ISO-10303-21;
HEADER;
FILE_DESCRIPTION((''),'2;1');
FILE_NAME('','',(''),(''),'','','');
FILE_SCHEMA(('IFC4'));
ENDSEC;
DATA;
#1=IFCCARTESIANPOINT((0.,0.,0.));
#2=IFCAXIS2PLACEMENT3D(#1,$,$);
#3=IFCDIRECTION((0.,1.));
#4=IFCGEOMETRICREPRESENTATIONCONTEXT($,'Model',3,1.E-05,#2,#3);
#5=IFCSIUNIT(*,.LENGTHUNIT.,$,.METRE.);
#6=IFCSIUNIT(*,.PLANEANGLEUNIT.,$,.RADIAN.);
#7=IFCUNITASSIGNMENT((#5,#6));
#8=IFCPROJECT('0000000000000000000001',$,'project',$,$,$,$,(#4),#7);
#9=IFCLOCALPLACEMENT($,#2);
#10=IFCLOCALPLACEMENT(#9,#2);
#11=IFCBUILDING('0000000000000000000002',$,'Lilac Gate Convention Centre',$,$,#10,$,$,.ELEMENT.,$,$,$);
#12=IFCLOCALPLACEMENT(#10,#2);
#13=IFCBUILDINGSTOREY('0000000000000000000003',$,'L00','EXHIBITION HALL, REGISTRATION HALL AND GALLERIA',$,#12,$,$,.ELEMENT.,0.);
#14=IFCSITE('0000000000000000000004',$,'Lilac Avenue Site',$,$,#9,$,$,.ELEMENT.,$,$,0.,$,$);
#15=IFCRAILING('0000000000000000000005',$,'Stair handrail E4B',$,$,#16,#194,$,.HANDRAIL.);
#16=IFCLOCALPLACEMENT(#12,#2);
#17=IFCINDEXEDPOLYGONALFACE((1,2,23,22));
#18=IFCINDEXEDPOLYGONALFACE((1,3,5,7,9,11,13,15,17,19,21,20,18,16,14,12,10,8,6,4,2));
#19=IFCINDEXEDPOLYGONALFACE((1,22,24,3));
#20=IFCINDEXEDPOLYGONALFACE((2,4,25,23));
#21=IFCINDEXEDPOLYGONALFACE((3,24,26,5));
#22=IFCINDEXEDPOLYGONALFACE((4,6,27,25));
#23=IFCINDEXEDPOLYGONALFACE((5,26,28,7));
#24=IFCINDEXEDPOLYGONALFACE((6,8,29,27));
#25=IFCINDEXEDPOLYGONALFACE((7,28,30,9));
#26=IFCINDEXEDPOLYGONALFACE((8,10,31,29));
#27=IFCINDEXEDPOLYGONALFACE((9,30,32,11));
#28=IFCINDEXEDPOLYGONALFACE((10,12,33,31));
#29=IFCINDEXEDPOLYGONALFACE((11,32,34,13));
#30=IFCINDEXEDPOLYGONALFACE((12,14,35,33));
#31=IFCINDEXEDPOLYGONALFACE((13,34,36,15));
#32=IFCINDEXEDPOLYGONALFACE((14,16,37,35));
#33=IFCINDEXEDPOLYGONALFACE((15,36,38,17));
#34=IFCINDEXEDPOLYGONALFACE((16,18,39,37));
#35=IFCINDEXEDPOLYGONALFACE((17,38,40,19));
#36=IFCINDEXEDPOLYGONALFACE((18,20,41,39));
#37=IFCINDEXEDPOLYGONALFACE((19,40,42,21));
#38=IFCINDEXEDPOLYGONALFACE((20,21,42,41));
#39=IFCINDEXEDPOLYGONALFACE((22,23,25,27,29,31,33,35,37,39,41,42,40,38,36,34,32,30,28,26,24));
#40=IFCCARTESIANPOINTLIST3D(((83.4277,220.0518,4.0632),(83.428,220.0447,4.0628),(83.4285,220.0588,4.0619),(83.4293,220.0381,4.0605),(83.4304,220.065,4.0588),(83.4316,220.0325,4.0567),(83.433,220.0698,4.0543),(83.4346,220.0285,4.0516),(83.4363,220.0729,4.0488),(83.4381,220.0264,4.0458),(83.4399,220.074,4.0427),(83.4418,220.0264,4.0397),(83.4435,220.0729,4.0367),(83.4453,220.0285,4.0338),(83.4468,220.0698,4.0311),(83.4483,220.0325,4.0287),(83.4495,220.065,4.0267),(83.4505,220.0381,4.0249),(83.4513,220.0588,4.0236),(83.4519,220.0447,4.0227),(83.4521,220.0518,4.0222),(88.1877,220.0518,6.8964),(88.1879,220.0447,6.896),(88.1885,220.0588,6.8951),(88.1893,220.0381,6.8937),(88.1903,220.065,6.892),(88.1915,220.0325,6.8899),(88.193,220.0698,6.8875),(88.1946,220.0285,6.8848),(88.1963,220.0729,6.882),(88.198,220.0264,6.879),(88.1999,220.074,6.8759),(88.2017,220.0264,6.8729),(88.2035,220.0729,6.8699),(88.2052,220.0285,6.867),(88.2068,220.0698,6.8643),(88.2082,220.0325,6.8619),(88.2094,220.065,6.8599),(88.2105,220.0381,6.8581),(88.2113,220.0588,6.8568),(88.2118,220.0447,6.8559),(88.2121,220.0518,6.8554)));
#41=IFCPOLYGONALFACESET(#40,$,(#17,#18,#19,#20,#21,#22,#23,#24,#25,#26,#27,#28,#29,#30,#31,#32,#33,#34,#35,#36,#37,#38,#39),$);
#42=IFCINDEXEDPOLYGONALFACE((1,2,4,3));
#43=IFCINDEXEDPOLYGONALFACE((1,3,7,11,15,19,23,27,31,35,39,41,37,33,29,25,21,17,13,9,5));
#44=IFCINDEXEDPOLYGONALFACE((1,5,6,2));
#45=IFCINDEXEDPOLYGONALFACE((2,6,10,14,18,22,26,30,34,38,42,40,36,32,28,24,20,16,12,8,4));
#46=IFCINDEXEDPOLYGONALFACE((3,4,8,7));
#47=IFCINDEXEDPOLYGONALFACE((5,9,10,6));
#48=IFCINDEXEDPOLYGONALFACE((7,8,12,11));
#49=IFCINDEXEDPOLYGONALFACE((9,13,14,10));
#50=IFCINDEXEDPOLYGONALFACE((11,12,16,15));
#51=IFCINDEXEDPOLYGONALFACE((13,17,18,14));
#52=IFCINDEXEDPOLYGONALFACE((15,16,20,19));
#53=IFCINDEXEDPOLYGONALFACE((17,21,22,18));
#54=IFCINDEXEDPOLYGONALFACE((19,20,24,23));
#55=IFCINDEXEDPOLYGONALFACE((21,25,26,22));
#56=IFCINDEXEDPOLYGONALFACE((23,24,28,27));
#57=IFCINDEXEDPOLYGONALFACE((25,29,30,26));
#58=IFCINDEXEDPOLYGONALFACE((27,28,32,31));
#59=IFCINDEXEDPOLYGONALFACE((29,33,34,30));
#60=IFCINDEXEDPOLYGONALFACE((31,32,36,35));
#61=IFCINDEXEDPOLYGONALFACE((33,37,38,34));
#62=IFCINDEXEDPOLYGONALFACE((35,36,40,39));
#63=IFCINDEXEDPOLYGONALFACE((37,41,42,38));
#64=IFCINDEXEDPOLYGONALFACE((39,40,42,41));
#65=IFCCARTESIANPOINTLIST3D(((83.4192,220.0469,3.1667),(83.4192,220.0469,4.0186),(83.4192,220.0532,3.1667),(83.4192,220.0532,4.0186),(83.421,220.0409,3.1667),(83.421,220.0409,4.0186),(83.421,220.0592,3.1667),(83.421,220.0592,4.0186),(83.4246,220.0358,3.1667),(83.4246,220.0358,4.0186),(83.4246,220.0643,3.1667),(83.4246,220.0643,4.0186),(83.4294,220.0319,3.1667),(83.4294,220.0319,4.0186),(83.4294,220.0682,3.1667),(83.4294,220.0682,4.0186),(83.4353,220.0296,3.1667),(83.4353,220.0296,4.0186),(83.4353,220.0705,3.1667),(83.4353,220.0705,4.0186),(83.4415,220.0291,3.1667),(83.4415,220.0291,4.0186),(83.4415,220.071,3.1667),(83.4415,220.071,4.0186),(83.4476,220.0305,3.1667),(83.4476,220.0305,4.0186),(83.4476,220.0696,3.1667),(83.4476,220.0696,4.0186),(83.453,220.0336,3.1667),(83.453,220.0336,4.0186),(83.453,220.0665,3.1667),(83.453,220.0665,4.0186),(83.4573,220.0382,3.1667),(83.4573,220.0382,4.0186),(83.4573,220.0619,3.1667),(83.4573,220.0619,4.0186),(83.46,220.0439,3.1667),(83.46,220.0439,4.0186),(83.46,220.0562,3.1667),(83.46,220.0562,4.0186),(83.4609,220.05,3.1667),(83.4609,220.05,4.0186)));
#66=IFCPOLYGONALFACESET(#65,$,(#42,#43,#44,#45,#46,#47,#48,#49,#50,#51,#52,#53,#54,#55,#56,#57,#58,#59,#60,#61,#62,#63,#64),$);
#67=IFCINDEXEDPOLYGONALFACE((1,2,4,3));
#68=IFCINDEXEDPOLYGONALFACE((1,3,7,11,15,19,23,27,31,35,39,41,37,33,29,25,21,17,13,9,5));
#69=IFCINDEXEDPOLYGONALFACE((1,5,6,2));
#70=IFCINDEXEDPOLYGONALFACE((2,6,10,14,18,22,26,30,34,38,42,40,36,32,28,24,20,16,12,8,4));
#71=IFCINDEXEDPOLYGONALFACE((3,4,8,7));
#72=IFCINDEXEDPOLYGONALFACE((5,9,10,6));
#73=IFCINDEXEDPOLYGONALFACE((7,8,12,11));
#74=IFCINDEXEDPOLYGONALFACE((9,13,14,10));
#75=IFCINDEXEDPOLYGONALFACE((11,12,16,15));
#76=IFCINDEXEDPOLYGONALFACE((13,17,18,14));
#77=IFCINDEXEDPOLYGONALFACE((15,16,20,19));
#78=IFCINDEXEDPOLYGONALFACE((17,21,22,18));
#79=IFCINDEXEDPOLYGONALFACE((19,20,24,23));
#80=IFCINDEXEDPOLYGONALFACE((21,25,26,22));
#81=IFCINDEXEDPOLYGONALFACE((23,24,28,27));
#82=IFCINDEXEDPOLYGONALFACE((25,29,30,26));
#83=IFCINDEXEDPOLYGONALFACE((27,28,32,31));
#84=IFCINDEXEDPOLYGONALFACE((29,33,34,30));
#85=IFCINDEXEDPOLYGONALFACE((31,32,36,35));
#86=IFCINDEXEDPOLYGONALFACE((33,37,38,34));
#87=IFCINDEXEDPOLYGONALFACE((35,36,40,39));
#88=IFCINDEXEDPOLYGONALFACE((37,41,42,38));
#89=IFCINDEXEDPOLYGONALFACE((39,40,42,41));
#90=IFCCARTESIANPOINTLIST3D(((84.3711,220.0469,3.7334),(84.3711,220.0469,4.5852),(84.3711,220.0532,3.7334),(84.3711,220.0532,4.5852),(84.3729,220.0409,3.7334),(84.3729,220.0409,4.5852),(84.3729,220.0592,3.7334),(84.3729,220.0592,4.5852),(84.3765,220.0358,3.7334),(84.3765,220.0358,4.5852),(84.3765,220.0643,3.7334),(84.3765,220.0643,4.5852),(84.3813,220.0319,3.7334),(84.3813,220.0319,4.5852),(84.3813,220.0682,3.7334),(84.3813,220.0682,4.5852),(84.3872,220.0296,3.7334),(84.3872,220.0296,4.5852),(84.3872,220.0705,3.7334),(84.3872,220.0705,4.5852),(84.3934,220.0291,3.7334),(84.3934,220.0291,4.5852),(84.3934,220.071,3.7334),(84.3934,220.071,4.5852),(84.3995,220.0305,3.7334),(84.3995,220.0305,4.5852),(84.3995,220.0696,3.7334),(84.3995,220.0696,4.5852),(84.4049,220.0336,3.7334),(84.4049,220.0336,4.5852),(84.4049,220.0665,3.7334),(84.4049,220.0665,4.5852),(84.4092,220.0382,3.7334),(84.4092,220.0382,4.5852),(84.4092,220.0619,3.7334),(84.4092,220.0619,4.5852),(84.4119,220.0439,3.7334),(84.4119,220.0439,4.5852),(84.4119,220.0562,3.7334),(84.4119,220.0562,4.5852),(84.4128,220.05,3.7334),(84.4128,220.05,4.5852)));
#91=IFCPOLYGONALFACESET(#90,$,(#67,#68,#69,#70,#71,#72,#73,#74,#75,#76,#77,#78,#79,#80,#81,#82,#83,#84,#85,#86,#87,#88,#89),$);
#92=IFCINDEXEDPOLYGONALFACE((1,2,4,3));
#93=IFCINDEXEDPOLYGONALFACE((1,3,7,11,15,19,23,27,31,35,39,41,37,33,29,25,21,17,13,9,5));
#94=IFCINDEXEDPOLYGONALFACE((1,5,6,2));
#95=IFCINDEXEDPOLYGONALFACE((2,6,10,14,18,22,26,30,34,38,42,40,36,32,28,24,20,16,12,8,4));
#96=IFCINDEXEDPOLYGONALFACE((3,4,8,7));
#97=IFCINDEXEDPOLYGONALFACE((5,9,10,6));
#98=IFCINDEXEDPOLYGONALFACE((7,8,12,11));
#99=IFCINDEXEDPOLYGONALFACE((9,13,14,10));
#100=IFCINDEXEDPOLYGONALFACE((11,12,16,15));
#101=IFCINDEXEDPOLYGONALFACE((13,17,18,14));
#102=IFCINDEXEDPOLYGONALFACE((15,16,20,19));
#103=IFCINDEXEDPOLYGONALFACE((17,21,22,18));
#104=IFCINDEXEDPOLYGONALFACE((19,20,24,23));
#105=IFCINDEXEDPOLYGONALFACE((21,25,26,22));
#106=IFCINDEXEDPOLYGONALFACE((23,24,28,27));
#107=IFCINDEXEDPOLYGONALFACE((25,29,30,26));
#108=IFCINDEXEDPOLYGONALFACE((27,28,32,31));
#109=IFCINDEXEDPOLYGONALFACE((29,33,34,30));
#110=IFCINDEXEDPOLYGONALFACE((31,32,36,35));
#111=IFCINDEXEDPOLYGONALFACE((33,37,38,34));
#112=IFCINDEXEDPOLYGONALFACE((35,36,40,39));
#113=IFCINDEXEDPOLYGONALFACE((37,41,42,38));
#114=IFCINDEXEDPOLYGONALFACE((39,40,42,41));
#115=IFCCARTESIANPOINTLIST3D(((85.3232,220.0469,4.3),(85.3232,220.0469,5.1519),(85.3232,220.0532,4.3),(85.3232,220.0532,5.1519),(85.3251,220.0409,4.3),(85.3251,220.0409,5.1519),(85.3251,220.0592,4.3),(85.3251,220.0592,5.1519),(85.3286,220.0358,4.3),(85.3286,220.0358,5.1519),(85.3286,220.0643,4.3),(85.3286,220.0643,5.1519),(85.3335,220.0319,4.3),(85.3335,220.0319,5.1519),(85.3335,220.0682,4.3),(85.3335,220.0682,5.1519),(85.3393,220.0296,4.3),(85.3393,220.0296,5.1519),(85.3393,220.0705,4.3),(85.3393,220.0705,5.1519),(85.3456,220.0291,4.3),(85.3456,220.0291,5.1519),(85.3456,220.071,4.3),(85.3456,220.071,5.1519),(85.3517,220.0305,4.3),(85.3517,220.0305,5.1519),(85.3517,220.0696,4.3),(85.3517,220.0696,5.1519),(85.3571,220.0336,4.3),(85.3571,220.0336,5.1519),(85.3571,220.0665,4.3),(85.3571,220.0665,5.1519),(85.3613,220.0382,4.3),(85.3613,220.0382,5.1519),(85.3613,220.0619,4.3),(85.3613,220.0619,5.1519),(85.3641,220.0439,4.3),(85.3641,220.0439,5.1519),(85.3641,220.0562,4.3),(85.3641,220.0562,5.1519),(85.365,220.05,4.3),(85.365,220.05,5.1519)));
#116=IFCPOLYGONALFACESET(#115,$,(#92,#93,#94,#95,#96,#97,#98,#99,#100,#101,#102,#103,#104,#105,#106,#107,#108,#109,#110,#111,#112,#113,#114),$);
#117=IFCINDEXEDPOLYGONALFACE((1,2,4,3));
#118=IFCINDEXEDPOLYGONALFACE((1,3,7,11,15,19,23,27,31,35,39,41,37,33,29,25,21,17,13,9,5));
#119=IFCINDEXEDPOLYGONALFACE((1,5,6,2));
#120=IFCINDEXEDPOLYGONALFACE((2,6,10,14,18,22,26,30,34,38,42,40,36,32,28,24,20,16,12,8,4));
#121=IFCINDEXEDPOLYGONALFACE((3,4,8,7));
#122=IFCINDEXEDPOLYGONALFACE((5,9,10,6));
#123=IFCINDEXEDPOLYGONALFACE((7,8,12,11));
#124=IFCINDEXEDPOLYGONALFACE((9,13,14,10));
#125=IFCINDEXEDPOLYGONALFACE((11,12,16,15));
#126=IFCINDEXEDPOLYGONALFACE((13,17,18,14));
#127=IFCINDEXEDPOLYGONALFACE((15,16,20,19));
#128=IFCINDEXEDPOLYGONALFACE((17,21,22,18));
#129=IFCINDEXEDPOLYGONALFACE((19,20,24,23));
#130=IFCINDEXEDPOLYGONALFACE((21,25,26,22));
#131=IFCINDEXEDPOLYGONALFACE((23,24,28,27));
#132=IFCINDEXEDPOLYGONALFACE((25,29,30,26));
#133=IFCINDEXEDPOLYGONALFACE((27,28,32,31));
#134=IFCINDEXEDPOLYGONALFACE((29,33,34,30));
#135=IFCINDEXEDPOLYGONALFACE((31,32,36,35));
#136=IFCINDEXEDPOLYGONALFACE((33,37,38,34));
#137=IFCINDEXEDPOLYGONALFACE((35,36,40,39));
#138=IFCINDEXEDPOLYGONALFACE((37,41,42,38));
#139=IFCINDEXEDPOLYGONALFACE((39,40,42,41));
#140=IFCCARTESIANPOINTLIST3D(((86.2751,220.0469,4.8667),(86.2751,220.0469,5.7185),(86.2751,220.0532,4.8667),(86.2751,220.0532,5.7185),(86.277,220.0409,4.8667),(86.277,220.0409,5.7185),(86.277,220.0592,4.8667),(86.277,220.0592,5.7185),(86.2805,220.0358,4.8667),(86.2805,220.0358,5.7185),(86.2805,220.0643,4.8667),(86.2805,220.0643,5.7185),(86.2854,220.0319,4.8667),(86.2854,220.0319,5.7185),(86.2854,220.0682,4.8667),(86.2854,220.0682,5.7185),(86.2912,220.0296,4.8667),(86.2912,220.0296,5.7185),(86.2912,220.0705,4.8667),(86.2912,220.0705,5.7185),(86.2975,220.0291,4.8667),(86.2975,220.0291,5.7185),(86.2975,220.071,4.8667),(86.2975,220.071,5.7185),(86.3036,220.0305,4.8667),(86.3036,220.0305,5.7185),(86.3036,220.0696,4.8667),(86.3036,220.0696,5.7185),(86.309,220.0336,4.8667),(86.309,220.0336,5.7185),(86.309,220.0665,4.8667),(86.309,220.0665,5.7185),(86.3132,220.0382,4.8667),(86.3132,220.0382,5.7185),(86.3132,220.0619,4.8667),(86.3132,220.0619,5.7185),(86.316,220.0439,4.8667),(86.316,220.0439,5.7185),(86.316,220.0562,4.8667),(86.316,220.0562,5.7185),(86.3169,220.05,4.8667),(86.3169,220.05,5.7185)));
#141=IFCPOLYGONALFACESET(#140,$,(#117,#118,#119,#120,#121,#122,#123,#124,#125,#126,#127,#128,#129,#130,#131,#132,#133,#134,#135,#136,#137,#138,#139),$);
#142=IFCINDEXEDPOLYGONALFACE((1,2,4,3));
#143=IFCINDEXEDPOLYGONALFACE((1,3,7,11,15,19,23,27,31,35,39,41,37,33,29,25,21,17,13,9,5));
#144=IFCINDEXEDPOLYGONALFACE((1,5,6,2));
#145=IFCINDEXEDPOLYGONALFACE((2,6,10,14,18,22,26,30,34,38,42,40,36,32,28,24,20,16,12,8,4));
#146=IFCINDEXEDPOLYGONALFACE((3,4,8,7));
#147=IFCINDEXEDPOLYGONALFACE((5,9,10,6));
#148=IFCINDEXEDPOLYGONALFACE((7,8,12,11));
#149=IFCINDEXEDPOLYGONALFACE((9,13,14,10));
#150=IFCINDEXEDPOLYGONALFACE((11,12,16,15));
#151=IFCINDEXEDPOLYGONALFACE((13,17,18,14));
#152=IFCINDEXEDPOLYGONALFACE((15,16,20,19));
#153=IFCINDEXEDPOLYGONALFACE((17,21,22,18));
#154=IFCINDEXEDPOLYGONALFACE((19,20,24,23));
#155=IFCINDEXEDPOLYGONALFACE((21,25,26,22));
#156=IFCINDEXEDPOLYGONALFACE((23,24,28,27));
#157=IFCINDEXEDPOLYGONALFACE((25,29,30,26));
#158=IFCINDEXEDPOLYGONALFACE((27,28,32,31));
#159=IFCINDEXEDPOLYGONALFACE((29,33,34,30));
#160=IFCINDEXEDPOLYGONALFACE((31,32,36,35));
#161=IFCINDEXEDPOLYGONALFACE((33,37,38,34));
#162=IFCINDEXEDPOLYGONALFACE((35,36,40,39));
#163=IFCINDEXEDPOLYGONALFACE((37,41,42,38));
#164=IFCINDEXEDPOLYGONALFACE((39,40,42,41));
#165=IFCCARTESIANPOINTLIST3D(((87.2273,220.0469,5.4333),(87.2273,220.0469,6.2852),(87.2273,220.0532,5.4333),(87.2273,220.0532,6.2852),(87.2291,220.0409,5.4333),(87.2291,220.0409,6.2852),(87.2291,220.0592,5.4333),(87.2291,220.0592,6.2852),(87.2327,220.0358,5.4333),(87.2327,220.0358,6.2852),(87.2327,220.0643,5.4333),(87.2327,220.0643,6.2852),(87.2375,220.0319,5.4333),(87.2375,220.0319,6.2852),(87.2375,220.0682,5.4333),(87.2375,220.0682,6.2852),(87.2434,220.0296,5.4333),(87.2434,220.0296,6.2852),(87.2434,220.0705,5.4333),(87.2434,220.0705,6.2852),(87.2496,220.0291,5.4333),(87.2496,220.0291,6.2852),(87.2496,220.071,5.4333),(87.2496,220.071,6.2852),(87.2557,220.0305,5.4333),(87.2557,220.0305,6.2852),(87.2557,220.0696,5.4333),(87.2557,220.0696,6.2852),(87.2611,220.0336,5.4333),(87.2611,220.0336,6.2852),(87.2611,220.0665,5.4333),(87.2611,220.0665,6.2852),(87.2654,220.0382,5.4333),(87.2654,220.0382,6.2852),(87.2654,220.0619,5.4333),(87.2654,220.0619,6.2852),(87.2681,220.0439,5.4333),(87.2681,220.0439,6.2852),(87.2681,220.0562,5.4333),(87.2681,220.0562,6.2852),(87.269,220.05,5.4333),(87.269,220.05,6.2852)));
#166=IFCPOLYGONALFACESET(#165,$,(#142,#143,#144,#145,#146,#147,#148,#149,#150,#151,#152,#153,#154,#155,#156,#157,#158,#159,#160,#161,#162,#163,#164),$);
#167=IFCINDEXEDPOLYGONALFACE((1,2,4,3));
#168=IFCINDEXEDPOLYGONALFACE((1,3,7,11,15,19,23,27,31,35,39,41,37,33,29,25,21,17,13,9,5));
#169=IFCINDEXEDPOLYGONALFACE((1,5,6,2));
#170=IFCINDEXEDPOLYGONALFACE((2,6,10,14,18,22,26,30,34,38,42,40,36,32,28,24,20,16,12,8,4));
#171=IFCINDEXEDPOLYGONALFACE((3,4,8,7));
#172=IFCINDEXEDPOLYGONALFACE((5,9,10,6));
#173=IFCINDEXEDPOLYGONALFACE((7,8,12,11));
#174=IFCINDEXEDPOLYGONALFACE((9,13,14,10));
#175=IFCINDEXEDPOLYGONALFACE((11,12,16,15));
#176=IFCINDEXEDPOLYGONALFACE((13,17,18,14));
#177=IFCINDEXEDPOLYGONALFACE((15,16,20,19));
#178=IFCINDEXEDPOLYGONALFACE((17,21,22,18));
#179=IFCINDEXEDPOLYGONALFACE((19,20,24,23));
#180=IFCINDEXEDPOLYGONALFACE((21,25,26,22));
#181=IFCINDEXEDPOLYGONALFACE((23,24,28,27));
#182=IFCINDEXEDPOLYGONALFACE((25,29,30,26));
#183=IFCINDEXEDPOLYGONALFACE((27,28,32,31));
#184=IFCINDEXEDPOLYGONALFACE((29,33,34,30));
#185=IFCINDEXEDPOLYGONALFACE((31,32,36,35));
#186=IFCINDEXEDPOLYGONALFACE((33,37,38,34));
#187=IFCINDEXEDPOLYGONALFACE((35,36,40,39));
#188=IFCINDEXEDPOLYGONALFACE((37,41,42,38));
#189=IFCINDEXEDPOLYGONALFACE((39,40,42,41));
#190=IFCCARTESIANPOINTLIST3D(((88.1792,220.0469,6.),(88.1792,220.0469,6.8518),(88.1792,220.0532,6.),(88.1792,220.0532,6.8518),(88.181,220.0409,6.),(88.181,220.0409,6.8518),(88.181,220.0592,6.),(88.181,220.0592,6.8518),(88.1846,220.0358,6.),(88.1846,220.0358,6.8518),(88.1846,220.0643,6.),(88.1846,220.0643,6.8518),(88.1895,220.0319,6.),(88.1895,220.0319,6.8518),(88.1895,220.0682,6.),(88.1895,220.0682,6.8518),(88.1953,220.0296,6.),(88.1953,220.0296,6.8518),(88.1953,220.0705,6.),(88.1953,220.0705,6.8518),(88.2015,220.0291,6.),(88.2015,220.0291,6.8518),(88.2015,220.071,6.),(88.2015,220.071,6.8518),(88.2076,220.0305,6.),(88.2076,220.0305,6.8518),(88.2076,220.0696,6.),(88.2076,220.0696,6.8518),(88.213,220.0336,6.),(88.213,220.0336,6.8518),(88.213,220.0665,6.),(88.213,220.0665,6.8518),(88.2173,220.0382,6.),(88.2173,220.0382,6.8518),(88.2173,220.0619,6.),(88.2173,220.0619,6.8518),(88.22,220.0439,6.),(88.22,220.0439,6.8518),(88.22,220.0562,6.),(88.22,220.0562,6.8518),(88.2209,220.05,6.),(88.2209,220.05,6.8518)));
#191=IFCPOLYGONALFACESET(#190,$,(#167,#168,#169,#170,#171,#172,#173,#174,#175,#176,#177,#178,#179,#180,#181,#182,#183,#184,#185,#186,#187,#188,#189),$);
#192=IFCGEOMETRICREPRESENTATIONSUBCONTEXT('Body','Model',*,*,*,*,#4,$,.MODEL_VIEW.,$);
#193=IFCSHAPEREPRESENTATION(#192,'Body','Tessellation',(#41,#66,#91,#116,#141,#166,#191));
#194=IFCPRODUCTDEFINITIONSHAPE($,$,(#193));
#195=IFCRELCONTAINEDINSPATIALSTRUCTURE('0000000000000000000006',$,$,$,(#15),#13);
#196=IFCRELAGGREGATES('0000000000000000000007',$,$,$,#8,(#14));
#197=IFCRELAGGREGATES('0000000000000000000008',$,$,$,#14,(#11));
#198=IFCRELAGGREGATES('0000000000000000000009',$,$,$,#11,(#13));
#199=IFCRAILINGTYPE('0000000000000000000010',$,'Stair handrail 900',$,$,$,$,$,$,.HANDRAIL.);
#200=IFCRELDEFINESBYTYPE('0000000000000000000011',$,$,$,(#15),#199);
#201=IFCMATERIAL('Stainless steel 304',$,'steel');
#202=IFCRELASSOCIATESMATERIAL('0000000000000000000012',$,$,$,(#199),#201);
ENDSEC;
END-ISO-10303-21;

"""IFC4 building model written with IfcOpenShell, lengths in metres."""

from ifc_helpers import new_model, si_unit, direction, frame, origin, origin_2d, place, context, subcontext, project, spatial, circle, extrude, material, type_object, element, save


model = new_model("IFC4")

# Units and contexts
model_context = context("Model", 3, precision=1e-05, world=origin(), true_north=direction((0.0, 1.0)))
body_context = subcontext(model_context, "Body", "Model", "MODEL_VIEW")
ifc_project = project(units=[si_unit("LENGTHUNIT", "METRE"), si_unit("PLANEANGLEUNIT", "RADIAN")], contexts=[model_context])

# Site, building, storey
site_placement = place(None, origin())
site = spatial("IfcSite", under=ifc_project, at=site_placement, Name="Lilac Avenue Site", CompositionType="ELEMENT", RefElevation=0.0)
building_placement = place(site_placement, origin())
building = spatial("IfcBuilding", under=site, at=building_placement, Name="Lilac Gate Convention Centre", CompositionType="ELEMENT")
storey_placement = place(building_placement, origin())
storey = spatial("IfcBuildingStorey", under=building, at=storey_placement, Name="L00", Description="EXHIBITION HALL, REGISTRATION HALL AND GALLERIA", CompositionType="ELEMENT", Elevation=0.0)

# Railing
ifc_material_1 = material(Name="Stainless steel 304", Category="steel")
railing_type = type_object("IfcRailingType", Name="Stair handrail 900", PredefinedType="HANDRAIL", material=ifc_material_1)
railing_placement = place(storey_placement, frame((83.4399, 220.05, 3.1667)))
element("IfcRailing", 1, at=railing_placement, inside=storey, type_object=railing_type, Name="Stair handrail E4B", PredefinedType="HANDRAIL", context=body_context, shape_type="SweptSolid", body=[
    extrude(circle(Radius=0.0239, at=origin_2d()), frame((0.0, 0.0, 0.876), z_axis=(0.8593, 0.0, 0.511472), x_axis=(0.0, 1.0, 0.0)), (0.0, 0.0, 1.0), 5.5393),
    extrude(circle(Radius=0.021, at=origin_2d()), origin(), (0.0, 0.0, 1.0), 0.8518),
    extrude(circle(Radius=0.021, at=origin_2d()), frame((0.9519, 0.0, 0.5667)), (0.0, 0.0, 1.0), 0.8518),
    extrude(circle(Radius=0.021, at=origin_2d()), frame((1.9041, 0.0, 1.1333)), (0.0, 0.0, 1.0), 0.8518),
    extrude(circle(Radius=0.021, at=origin_2d()), frame((2.856, 0.0, 1.7)), (0.0, 0.0, 1.0), 0.8518),
    extrude(circle(Radius=0.021, at=origin_2d()), frame((3.8081, 0.0, 2.2666)), (0.0, 0.0, 1.0), 0.8518),
    extrude(circle(Radius=0.021, at=origin_2d()), frame((4.76, 0.0, 2.8333)), (0.0, 0.0, 1.0), 0.8518),
])

save(model, "model.ifc")
